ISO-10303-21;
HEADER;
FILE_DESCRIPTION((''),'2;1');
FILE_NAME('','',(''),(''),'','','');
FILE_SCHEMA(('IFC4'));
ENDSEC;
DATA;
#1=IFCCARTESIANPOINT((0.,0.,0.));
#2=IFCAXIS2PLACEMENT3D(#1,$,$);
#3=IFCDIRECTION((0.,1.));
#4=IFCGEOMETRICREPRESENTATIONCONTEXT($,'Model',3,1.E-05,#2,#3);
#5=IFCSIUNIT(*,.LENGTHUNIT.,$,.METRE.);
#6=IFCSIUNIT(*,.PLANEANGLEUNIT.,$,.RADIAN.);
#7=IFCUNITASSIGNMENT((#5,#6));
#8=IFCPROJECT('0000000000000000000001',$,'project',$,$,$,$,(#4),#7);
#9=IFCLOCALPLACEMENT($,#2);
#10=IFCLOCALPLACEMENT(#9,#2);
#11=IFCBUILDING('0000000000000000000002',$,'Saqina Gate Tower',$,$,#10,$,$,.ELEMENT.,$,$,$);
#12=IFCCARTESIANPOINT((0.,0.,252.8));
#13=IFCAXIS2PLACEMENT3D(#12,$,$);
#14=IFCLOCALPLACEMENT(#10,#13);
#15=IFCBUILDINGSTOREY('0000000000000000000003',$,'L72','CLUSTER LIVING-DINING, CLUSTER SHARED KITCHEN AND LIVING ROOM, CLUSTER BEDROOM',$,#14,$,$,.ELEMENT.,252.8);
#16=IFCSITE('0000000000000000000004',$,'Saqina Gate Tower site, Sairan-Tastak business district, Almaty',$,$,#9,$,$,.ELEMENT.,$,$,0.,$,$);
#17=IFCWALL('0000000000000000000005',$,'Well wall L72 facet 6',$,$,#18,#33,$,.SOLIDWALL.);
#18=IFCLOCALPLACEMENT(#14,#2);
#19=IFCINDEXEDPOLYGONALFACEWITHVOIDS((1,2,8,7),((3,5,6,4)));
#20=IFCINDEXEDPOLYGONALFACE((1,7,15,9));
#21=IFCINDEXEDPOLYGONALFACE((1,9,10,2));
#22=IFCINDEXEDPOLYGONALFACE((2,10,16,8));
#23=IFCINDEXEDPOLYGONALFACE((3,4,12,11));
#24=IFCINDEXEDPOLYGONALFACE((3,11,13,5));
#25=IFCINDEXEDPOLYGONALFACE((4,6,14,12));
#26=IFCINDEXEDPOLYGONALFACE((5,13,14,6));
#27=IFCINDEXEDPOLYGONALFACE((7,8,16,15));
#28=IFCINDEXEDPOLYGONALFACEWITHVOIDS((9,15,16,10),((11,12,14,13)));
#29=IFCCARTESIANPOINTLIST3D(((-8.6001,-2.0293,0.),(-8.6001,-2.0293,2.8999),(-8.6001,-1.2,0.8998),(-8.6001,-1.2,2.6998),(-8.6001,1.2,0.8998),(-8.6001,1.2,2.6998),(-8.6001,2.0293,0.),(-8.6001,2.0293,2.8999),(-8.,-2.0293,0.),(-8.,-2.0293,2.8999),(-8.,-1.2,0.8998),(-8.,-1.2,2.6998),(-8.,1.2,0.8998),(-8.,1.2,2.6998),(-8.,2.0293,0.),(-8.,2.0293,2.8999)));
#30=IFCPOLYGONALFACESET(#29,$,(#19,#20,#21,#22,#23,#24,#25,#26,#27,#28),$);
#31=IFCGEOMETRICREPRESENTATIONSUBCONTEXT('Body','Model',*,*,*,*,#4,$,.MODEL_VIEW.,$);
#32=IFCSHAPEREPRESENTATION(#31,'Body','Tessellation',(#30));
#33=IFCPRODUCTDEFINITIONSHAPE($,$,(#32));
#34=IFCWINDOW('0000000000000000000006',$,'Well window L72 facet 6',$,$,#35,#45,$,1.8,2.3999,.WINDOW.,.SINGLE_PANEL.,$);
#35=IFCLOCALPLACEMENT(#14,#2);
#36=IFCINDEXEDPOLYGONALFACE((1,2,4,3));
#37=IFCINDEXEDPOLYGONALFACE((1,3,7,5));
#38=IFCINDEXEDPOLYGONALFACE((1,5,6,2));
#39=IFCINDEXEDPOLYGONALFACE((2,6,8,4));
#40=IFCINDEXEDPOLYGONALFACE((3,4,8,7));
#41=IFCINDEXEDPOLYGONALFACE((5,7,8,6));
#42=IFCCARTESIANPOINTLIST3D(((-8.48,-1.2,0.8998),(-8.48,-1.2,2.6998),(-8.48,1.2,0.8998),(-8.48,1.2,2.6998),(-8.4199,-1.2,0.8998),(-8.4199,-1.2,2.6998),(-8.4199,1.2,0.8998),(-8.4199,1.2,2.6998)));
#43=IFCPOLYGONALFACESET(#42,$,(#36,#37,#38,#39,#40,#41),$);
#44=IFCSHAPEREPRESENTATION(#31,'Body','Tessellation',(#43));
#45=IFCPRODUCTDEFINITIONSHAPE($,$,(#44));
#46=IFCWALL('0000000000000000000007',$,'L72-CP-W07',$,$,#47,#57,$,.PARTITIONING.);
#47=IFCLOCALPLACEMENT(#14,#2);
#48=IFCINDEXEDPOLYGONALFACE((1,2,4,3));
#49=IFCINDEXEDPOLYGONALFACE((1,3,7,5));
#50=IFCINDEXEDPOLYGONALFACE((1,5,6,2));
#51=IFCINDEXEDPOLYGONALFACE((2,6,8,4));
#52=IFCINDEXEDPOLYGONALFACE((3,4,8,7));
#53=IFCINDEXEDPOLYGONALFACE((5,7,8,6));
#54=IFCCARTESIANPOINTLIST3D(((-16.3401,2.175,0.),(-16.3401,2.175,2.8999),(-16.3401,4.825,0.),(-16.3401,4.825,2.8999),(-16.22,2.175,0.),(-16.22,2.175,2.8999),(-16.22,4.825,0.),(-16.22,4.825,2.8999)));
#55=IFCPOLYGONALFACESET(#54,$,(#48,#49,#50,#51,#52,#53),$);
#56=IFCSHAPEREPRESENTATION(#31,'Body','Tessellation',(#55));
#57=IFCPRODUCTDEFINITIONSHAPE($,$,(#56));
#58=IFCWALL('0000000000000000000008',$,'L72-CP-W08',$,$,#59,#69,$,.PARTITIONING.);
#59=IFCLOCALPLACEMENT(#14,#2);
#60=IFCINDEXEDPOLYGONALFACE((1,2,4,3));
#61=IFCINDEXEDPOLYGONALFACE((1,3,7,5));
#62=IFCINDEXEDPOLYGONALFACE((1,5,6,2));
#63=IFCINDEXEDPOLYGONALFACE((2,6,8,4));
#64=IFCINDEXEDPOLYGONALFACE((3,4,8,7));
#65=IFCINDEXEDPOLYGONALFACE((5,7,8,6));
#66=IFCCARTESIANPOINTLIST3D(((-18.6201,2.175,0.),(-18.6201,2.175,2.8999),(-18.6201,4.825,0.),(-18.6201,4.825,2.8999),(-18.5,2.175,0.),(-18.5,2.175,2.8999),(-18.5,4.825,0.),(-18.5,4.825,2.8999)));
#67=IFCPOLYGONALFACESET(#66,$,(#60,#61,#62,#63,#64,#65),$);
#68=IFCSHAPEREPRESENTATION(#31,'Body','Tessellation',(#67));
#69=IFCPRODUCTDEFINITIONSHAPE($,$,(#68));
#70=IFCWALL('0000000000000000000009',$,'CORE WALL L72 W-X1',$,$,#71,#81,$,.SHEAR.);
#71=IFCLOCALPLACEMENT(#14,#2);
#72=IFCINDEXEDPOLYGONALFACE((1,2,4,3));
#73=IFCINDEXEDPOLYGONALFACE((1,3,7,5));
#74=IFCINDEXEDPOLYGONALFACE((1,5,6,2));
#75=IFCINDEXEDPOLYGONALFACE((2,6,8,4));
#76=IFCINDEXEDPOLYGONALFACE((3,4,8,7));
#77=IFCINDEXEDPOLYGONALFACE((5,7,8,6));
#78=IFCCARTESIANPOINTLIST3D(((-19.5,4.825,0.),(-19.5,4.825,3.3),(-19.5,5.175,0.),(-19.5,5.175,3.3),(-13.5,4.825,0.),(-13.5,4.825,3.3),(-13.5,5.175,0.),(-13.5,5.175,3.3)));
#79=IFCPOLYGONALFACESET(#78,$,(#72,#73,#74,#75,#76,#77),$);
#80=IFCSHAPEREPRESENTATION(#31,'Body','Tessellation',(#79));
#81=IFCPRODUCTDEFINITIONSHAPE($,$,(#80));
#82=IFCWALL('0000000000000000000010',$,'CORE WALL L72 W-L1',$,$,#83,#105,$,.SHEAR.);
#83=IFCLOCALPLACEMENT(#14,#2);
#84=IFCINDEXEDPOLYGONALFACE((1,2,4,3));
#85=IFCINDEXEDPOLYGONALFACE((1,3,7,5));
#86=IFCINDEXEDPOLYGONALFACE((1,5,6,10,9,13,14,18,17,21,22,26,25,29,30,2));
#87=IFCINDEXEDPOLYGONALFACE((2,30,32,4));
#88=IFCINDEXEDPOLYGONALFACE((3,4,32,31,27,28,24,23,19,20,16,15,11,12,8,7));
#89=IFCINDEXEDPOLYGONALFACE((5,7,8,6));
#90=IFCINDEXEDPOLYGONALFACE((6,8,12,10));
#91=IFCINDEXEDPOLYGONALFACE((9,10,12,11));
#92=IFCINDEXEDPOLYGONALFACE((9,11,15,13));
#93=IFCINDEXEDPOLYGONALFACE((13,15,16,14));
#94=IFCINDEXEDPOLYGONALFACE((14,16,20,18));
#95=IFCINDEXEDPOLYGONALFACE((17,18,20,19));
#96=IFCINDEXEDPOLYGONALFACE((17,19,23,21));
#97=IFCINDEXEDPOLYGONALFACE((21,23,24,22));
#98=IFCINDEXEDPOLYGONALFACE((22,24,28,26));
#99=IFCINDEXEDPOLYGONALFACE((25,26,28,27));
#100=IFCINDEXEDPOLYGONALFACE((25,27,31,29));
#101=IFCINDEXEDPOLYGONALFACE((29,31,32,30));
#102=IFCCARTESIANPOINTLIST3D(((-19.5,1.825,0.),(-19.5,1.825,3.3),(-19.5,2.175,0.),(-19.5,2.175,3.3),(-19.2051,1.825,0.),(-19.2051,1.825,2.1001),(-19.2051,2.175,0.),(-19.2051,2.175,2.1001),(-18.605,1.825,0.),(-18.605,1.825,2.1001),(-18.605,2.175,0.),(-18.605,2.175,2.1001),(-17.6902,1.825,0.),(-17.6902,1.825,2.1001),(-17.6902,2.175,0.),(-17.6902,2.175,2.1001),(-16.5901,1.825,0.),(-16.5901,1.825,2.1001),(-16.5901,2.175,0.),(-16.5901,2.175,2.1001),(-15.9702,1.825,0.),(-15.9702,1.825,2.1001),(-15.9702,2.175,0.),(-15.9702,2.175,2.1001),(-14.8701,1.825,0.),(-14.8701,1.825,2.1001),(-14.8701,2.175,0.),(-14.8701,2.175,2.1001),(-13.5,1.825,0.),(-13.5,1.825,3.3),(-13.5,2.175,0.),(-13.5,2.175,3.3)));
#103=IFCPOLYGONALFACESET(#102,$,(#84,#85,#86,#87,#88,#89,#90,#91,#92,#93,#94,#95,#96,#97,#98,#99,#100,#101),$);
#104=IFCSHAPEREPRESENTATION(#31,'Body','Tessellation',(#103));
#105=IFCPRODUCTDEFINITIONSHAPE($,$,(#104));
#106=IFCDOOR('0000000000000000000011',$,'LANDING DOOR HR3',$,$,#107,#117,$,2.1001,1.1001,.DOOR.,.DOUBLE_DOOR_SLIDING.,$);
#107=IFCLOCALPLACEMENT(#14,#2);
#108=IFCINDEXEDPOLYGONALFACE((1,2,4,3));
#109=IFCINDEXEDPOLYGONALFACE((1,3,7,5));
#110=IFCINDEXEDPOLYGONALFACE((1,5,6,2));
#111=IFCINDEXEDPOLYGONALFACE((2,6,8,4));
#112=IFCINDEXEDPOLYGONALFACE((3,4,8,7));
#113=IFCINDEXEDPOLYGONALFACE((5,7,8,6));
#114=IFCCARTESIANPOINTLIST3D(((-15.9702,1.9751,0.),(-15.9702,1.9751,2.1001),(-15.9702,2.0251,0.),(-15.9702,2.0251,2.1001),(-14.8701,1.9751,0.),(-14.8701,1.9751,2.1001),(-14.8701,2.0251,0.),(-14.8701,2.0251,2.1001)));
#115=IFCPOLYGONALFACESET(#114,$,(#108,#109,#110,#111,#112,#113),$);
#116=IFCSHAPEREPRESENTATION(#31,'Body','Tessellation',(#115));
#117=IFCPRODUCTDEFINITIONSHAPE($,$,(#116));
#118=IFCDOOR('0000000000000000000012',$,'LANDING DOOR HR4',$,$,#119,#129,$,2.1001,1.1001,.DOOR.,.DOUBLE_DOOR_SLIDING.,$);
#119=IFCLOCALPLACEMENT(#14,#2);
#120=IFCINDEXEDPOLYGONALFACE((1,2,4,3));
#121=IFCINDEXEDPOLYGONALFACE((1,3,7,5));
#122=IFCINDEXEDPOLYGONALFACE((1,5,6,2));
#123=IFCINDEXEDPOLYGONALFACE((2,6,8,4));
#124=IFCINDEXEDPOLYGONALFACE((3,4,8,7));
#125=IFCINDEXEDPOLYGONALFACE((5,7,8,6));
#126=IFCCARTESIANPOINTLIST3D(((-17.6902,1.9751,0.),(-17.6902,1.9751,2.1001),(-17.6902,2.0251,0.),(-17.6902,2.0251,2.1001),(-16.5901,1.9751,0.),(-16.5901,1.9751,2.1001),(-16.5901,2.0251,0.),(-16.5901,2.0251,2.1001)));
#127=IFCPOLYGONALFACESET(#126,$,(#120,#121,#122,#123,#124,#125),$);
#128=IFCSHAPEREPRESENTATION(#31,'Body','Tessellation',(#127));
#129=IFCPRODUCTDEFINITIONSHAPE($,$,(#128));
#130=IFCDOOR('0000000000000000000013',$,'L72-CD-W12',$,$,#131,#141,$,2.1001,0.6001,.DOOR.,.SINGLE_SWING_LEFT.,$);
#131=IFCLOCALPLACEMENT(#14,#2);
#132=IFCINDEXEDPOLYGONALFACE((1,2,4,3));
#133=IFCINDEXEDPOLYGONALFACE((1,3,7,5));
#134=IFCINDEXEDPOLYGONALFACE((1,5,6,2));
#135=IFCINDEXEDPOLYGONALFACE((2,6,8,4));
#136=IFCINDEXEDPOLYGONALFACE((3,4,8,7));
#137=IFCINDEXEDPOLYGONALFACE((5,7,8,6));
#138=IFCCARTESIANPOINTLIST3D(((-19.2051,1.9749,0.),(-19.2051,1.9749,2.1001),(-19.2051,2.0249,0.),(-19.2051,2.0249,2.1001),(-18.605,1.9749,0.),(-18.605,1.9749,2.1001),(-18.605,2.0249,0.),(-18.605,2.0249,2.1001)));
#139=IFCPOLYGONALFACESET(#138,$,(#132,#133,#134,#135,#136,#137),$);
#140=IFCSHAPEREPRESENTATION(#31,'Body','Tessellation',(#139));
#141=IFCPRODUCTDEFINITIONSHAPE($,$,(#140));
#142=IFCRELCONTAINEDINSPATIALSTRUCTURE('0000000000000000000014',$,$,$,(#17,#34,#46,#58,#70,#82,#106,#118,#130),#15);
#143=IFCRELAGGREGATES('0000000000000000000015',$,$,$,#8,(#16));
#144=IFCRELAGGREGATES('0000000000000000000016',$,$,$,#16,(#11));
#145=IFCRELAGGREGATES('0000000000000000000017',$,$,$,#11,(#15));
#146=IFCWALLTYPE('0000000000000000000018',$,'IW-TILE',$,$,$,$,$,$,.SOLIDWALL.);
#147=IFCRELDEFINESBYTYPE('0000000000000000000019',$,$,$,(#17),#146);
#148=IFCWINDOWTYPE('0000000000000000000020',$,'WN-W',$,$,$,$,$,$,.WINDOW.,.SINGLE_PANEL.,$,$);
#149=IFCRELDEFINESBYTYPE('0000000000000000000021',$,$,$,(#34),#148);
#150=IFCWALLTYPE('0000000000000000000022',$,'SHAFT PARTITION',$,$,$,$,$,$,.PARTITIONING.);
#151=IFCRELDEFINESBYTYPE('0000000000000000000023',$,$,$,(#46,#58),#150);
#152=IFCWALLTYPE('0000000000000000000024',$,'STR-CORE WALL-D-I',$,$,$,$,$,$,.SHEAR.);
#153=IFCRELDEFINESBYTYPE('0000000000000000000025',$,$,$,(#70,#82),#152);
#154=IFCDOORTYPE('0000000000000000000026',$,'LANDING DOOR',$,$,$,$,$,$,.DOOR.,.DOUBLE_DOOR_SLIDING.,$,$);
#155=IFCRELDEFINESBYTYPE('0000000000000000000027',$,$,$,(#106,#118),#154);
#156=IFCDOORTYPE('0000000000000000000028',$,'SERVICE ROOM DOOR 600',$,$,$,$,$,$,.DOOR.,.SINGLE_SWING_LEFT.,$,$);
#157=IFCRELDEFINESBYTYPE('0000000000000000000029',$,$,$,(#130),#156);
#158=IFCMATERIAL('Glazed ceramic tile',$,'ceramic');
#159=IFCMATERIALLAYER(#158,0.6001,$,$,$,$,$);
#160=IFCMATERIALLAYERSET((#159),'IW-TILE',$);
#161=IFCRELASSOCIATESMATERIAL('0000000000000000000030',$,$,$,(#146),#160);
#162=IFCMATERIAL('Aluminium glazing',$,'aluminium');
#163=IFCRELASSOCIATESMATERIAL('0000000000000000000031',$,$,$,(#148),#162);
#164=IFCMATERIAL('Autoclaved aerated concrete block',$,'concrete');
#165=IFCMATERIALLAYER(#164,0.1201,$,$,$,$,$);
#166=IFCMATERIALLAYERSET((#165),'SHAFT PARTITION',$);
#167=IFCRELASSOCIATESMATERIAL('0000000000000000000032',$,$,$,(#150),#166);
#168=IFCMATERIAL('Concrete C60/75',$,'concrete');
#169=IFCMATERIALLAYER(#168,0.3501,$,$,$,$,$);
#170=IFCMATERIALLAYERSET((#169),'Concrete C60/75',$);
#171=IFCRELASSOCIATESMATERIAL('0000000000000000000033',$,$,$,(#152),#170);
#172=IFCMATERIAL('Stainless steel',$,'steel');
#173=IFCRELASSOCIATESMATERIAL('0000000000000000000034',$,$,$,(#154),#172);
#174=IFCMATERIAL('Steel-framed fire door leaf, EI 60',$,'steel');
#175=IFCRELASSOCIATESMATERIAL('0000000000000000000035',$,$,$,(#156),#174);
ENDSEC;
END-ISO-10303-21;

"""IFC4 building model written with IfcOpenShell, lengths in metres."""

from ifc_helpers import new_model, si_unit, direction, frame, frame_2d, origin, place, context, subcontext, project, spatial, rectangle, extrude, material, layer, layer_set, type_object, element, fill, save


model = new_model("IFC4")

# Units and contexts
model_context = context("Model", 3, precision=1e-05, world=origin(), true_north=direction((0.0, 1.0)))
body_context = subcontext(model_context, "Body", "Model", "MODEL_VIEW")
ifc_project = project(units=[si_unit("LENGTHUNIT", "METRE"), si_unit("PLANEANGLEUNIT", "RADIAN")], contexts=[model_context])

# Site, building, storey
site_placement = place(None, origin())
site = spatial("IfcSite", under=ifc_project, at=site_placement, Name="Saqina Gate Tower site, Sairan-Tastak business district, Almaty", CompositionType="ELEMENT", RefElevation=0.0)
building_placement = place(site_placement, origin())
building = spatial("IfcBuilding", under=site, at=building_placement, Name="Saqina Gate Tower", CompositionType="ELEMENT")
storey_placement = place(building_placement, frame((0.0, 0.0, 252.8)))
storey = spatial("IfcBuildingStorey", under=building, at=storey_placement, Name="L72", Description="CLUSTER LIVING-DINING, CLUSTER SHARED KITCHEN AND LIVING ROOM, CLUSTER BEDROOM", CompositionType="ELEMENT", Elevation=252.8)

# Wall, opening, window
ifc_material_1 = material(Name="Glazed ceramic tile", Category="ceramic")
ifc_layer_1 = layer(ifc_material_1, 0.6001)
ifc_layer_set_1 = layer_set([ifc_layer_1], Name="IW-TILE")
wall_type_1 = type_object("IfcWallType", Name="IW-TILE", PredefinedType="SOLIDWALL", material=ifc_layer_set_1)
wall_1_placement = place(storey_placement, frame((-8.3, 2.0293, 0.0), z_axis=(0.0, 0.0, 1.0), x_axis=(0.0, -1.0, 0.0)))
wall_1 = element("IfcWall", 1, at=wall_1_placement, inside=storey, type_object=wall_type_1, Name="Well wall L72 facet 6", PredefinedType="SOLIDWALL", context=body_context, shape_type="SweptSolid", body=[
    extrude(rectangle(XDim=4.0586, YDim=0.6001, at=frame_2d((2.0293, 0.0))), origin(), (0.0, 0.0, 1.0), 2.8999),
])
opening_1_placement = place(wall_1_placement, frame((0.8293, 0.0, 0.8999)))
opening_1 = element("IfcOpeningElement", 2, at=opening_1_placement, cuts=wall_1, PredefinedType="OPENING", context=body_context, shape_type="SweptSolid", body=[
    extrude(rectangle(XDim=2.3999, YDim=1.8, at=frame_2d((1.2, 0.8999))), frame((0.0, 0.312, 0.0), z_axis=(0.0, -1.0, 0.0), x_axis=(1.0, 0.0, 0.0)), (0.0, 0.0, 1.0), 0.624),
])
ifc_material_2 = material(Name="Aluminium glazing", Category="aluminium")
window_type = type_object("IfcWindowType", Name="WN-W", PartitioningType="SINGLE_PANEL", PredefinedType="WINDOW", material=ifc_material_2)
window_placement = place(opening_1_placement, origin())
window = element("IfcWindow", 3, at=window_placement, inside=storey, type_object=window_type, Name="Well window L72 facet 6", OverallHeight=1.8, OverallWidth=2.3999, PartitioningType="SINGLE_PANEL", PredefinedType="WINDOW", context=body_context, shape_type="SweptSolid", body=[
    extrude(rectangle(XDim=2.3999, YDim=1.8, at=frame_2d((1.2, 0.8999))), frame((0.0, -0.1199, 0.0), z_axis=(0.0, -1.0, 0.0), x_axis=(1.0, 0.0, 0.0)), (0.0, 0.0, 1.0), 0.0601),
])
fill(opening_1, window)

# Walls
ifc_material_3 = material(Name="Autoclaved aerated concrete block", Category="concrete")
ifc_layer_2 = layer(ifc_material_3, 0.1201)
ifc_layer_set_2 = layer_set([ifc_layer_2], Name="SHAFT PARTITION")
wall_type_2 = type_object("IfcWallType", Name="SHAFT PARTITION", PredefinedType="PARTITIONING", material=ifc_layer_set_2)
for number, where, z_axis, x_axis, name in (
    (4, (-16.28, 2.175, 0.0), (0.0, 0.0, 1.0), (0.0, 1.0, 0.0), "L72-CP-W07"),
    (5, (-18.5601, 2.175, 0.0), (0.0, 0.0, 1.0), (0.0, 1.0, 0.0), "L72-CP-W08"),
):
    element("IfcWall", number, at=place(storey_placement, frame(where, z_axis=z_axis, x_axis=x_axis)), inside=storey, type_object=wall_type_2, Name=name, PredefinedType="PARTITIONING", context=body_context, shape_type="SweptSolid", body=[
        extrude(rectangle(XDim=2.6499, YDim=0.1201, at=frame_2d((1.325, 0.0))), origin(), (0.0, 0.0, 1.0), 2.8999),
    ])
ifc_material_4 = material(Name="Concrete C60/75", Category="concrete")
ifc_layer_3 = layer(ifc_material_4, 0.3501)
ifc_layer_set_3 = layer_set([ifc_layer_3], Name="Concrete C60/75")
wall_type_3 = type_object("IfcWallType", Name="STR-CORE WALL-D-I", PredefinedType="SHEAR", material=ifc_layer_set_3)
wall_2_placement = place(storey_placement, frame((-13.5, 5.0, 0.0), z_axis=(0.0, 0.0, 1.0), x_axis=(-1.0, 0.0, 0.0)))
element("IfcWall", 6, at=wall_2_placement, inside=storey, type_object=wall_type_3, Name="CORE WALL L72 W-X1", PredefinedType="SHEAR", context=body_context, shape_type="SweptSolid", body=[
    extrude(rectangle(XDim=6.0, YDim=0.3501, at=frame_2d((3.0, 0.0))), origin(), (0.0, 0.0, 1.0), 3.3),
])

# Wall, openings, doors
wall_3_placement = place(storey_placement, frame((-13.5, 2.0, 0.0), z_axis=(0.0, 0.0, 1.0), x_axis=(-1.0, 0.0, 0.0)))
wall_3 = element("IfcWall", 7, at=wall_3_placement, inside=storey, type_object=wall_type_3, Name="CORE WALL L72 W-L1", PredefinedType="SHEAR", context=body_context, shape_type="SweptSolid", body=[
    extrude(rectangle(XDim=6.0, YDim=0.3501, at=frame_2d((3.0, 0.0))), origin(), (0.0, 0.0, 1.0), 3.3),
])
opening_2_placement = place(wall_3_placement, frame((1.3701, 0.0, 0.0)))
opening_2 = element("IfcOpeningElement", 8, at=opening_2_placement, cuts=wall_3, PredefinedType="OPENING", context=body_context, shape_type="SweptSolid", body=[
    extrude(rectangle(XDim=1.1001, YDim=2.1001, at=frame_2d((0.55, 1.05))), frame((0.0, 0.187, 0.0), z_axis=(0.0, -1.0, 0.0), x_axis=(1.0, 0.0, 0.0)), (0.0, 0.0, 1.0), 0.374),
])
opening_3_placement = place(wall_3_placement, frame((3.0901, 0.0, 0.0)))
opening_3 = element("IfcOpeningElement", 9, at=opening_3_placement, cuts=wall_3, PredefinedType="OPENING", context=body_context, shape_type="SweptSolid", body=[
    extrude(rectangle(XDim=1.1001, YDim=2.1001, at=frame_2d((0.55, 1.05))), frame((0.0, 0.187, 0.0), z_axis=(0.0, -1.0, 0.0), x_axis=(1.0, 0.0, 0.0)), (0.0, 0.0, 1.0), 0.374),
])
opening_4_placement = place(wall_3_placement, frame((5.105, 0.0, 0.0)))
opening_4 = element("IfcOpeningElement", 10, at=opening_4_placement, cuts=wall_3, PredefinedType="OPENING", context=body_context, shape_type="SweptSolid", body=[
    extrude(rectangle(XDim=0.6001, YDim=2.1001, at=frame_2d((0.3, 1.05))), frame((0.0, 0.187, 0.0), z_axis=(0.0, -1.0, 0.0), x_axis=(1.0, 0.0, 0.0)), (0.0, 0.0, 1.0), 0.374),
])
ifc_material_5 = material(Name="Stainless steel", Category="steel")
door_type_1 = type_object("IfcDoorType", Name="LANDING DOOR", OperationType="DOUBLE_DOOR_SLIDING", PredefinedType="DOOR", material=ifc_material_5)
door_1_placement = place(opening_2_placement, origin())
door_1 = element("IfcDoor", 11, at=door_1_placement, inside=storey, type_object=door_type_1, Name="LANDING DOOR HR3", OperationType="DOUBLE_DOOR_SLIDING", OverallHeight=2.1001, OverallWidth=1.1001, PredefinedType="DOOR", context=body_context, shape_type="SweptSolid", body=[
    extrude(rectangle(XDim=1.1001, YDim=2.1001, at=frame_2d((0.55, 1.05))), frame((0.0, 0.0249, 0.0), z_axis=(0.0, -1.0, 0.0), x_axis=(1.0, 0.0, 0.0)), (0.0, 0.0, 1.0), 0.05),
])
fill(opening_2, door_1)
door_2_placement = place(opening_3_placement, origin())
door_2 = element("IfcDoor", 12, at=door_2_placement, inside=storey, type_object=door_type_1, Name="LANDING DOOR HR4", OperationType="DOUBLE_DOOR_SLIDING", OverallHeight=2.1001, OverallWidth=1.1001, PredefinedType="DOOR", context=body_context, shape_type="SweptSolid", body=[
    extrude(rectangle(XDim=1.1001, YDim=2.1001, at=frame_2d((0.55, 1.05))), frame((0.0, 0.0249, 0.0), z_axis=(0.0, -1.0, 0.0), x_axis=(1.0, 0.0, 0.0)), (0.0, 0.0, 1.0), 0.05),
])
fill(opening_3, door_2)
ifc_material_6 = material(Name="Steel-framed fire door leaf, EI 60", Category="steel")
door_type_2 = type_object("IfcDoorType", Name="SERVICE ROOM DOOR 600", OperationType="SINGLE_SWING_LEFT", PredefinedType="DOOR", material=ifc_material_6)
door_3_placement = place(opening_4_placement, frame((0.6001, 0.0, 0.0), z_axis=(0.0, 0.0, 1.0), x_axis=(-1.0, 0.0, 0.0)))
door_3 = element("IfcDoor", 13, at=door_3_placement, inside=storey, type_object=door_type_2, Name="L72-CD-W12", OperationType="SINGLE_SWING_LEFT", OverallHeight=2.1001, OverallWidth=0.6001, PredefinedType="DOOR", context=body_context, shape_type="SweptSolid", body=[
    extrude(rectangle(XDim=0.6001, YDim=2.1001, at=frame_2d((0.3, 1.05))), frame((0.0, 0.0249, 0.0), z_axis=(0.0, -1.0, 0.0), x_axis=(1.0, 0.0, 0.0)), (0.0, 0.0, 1.0), 0.05),
])
fill(opening_4, door_3)

save(model, "model.ifc")
